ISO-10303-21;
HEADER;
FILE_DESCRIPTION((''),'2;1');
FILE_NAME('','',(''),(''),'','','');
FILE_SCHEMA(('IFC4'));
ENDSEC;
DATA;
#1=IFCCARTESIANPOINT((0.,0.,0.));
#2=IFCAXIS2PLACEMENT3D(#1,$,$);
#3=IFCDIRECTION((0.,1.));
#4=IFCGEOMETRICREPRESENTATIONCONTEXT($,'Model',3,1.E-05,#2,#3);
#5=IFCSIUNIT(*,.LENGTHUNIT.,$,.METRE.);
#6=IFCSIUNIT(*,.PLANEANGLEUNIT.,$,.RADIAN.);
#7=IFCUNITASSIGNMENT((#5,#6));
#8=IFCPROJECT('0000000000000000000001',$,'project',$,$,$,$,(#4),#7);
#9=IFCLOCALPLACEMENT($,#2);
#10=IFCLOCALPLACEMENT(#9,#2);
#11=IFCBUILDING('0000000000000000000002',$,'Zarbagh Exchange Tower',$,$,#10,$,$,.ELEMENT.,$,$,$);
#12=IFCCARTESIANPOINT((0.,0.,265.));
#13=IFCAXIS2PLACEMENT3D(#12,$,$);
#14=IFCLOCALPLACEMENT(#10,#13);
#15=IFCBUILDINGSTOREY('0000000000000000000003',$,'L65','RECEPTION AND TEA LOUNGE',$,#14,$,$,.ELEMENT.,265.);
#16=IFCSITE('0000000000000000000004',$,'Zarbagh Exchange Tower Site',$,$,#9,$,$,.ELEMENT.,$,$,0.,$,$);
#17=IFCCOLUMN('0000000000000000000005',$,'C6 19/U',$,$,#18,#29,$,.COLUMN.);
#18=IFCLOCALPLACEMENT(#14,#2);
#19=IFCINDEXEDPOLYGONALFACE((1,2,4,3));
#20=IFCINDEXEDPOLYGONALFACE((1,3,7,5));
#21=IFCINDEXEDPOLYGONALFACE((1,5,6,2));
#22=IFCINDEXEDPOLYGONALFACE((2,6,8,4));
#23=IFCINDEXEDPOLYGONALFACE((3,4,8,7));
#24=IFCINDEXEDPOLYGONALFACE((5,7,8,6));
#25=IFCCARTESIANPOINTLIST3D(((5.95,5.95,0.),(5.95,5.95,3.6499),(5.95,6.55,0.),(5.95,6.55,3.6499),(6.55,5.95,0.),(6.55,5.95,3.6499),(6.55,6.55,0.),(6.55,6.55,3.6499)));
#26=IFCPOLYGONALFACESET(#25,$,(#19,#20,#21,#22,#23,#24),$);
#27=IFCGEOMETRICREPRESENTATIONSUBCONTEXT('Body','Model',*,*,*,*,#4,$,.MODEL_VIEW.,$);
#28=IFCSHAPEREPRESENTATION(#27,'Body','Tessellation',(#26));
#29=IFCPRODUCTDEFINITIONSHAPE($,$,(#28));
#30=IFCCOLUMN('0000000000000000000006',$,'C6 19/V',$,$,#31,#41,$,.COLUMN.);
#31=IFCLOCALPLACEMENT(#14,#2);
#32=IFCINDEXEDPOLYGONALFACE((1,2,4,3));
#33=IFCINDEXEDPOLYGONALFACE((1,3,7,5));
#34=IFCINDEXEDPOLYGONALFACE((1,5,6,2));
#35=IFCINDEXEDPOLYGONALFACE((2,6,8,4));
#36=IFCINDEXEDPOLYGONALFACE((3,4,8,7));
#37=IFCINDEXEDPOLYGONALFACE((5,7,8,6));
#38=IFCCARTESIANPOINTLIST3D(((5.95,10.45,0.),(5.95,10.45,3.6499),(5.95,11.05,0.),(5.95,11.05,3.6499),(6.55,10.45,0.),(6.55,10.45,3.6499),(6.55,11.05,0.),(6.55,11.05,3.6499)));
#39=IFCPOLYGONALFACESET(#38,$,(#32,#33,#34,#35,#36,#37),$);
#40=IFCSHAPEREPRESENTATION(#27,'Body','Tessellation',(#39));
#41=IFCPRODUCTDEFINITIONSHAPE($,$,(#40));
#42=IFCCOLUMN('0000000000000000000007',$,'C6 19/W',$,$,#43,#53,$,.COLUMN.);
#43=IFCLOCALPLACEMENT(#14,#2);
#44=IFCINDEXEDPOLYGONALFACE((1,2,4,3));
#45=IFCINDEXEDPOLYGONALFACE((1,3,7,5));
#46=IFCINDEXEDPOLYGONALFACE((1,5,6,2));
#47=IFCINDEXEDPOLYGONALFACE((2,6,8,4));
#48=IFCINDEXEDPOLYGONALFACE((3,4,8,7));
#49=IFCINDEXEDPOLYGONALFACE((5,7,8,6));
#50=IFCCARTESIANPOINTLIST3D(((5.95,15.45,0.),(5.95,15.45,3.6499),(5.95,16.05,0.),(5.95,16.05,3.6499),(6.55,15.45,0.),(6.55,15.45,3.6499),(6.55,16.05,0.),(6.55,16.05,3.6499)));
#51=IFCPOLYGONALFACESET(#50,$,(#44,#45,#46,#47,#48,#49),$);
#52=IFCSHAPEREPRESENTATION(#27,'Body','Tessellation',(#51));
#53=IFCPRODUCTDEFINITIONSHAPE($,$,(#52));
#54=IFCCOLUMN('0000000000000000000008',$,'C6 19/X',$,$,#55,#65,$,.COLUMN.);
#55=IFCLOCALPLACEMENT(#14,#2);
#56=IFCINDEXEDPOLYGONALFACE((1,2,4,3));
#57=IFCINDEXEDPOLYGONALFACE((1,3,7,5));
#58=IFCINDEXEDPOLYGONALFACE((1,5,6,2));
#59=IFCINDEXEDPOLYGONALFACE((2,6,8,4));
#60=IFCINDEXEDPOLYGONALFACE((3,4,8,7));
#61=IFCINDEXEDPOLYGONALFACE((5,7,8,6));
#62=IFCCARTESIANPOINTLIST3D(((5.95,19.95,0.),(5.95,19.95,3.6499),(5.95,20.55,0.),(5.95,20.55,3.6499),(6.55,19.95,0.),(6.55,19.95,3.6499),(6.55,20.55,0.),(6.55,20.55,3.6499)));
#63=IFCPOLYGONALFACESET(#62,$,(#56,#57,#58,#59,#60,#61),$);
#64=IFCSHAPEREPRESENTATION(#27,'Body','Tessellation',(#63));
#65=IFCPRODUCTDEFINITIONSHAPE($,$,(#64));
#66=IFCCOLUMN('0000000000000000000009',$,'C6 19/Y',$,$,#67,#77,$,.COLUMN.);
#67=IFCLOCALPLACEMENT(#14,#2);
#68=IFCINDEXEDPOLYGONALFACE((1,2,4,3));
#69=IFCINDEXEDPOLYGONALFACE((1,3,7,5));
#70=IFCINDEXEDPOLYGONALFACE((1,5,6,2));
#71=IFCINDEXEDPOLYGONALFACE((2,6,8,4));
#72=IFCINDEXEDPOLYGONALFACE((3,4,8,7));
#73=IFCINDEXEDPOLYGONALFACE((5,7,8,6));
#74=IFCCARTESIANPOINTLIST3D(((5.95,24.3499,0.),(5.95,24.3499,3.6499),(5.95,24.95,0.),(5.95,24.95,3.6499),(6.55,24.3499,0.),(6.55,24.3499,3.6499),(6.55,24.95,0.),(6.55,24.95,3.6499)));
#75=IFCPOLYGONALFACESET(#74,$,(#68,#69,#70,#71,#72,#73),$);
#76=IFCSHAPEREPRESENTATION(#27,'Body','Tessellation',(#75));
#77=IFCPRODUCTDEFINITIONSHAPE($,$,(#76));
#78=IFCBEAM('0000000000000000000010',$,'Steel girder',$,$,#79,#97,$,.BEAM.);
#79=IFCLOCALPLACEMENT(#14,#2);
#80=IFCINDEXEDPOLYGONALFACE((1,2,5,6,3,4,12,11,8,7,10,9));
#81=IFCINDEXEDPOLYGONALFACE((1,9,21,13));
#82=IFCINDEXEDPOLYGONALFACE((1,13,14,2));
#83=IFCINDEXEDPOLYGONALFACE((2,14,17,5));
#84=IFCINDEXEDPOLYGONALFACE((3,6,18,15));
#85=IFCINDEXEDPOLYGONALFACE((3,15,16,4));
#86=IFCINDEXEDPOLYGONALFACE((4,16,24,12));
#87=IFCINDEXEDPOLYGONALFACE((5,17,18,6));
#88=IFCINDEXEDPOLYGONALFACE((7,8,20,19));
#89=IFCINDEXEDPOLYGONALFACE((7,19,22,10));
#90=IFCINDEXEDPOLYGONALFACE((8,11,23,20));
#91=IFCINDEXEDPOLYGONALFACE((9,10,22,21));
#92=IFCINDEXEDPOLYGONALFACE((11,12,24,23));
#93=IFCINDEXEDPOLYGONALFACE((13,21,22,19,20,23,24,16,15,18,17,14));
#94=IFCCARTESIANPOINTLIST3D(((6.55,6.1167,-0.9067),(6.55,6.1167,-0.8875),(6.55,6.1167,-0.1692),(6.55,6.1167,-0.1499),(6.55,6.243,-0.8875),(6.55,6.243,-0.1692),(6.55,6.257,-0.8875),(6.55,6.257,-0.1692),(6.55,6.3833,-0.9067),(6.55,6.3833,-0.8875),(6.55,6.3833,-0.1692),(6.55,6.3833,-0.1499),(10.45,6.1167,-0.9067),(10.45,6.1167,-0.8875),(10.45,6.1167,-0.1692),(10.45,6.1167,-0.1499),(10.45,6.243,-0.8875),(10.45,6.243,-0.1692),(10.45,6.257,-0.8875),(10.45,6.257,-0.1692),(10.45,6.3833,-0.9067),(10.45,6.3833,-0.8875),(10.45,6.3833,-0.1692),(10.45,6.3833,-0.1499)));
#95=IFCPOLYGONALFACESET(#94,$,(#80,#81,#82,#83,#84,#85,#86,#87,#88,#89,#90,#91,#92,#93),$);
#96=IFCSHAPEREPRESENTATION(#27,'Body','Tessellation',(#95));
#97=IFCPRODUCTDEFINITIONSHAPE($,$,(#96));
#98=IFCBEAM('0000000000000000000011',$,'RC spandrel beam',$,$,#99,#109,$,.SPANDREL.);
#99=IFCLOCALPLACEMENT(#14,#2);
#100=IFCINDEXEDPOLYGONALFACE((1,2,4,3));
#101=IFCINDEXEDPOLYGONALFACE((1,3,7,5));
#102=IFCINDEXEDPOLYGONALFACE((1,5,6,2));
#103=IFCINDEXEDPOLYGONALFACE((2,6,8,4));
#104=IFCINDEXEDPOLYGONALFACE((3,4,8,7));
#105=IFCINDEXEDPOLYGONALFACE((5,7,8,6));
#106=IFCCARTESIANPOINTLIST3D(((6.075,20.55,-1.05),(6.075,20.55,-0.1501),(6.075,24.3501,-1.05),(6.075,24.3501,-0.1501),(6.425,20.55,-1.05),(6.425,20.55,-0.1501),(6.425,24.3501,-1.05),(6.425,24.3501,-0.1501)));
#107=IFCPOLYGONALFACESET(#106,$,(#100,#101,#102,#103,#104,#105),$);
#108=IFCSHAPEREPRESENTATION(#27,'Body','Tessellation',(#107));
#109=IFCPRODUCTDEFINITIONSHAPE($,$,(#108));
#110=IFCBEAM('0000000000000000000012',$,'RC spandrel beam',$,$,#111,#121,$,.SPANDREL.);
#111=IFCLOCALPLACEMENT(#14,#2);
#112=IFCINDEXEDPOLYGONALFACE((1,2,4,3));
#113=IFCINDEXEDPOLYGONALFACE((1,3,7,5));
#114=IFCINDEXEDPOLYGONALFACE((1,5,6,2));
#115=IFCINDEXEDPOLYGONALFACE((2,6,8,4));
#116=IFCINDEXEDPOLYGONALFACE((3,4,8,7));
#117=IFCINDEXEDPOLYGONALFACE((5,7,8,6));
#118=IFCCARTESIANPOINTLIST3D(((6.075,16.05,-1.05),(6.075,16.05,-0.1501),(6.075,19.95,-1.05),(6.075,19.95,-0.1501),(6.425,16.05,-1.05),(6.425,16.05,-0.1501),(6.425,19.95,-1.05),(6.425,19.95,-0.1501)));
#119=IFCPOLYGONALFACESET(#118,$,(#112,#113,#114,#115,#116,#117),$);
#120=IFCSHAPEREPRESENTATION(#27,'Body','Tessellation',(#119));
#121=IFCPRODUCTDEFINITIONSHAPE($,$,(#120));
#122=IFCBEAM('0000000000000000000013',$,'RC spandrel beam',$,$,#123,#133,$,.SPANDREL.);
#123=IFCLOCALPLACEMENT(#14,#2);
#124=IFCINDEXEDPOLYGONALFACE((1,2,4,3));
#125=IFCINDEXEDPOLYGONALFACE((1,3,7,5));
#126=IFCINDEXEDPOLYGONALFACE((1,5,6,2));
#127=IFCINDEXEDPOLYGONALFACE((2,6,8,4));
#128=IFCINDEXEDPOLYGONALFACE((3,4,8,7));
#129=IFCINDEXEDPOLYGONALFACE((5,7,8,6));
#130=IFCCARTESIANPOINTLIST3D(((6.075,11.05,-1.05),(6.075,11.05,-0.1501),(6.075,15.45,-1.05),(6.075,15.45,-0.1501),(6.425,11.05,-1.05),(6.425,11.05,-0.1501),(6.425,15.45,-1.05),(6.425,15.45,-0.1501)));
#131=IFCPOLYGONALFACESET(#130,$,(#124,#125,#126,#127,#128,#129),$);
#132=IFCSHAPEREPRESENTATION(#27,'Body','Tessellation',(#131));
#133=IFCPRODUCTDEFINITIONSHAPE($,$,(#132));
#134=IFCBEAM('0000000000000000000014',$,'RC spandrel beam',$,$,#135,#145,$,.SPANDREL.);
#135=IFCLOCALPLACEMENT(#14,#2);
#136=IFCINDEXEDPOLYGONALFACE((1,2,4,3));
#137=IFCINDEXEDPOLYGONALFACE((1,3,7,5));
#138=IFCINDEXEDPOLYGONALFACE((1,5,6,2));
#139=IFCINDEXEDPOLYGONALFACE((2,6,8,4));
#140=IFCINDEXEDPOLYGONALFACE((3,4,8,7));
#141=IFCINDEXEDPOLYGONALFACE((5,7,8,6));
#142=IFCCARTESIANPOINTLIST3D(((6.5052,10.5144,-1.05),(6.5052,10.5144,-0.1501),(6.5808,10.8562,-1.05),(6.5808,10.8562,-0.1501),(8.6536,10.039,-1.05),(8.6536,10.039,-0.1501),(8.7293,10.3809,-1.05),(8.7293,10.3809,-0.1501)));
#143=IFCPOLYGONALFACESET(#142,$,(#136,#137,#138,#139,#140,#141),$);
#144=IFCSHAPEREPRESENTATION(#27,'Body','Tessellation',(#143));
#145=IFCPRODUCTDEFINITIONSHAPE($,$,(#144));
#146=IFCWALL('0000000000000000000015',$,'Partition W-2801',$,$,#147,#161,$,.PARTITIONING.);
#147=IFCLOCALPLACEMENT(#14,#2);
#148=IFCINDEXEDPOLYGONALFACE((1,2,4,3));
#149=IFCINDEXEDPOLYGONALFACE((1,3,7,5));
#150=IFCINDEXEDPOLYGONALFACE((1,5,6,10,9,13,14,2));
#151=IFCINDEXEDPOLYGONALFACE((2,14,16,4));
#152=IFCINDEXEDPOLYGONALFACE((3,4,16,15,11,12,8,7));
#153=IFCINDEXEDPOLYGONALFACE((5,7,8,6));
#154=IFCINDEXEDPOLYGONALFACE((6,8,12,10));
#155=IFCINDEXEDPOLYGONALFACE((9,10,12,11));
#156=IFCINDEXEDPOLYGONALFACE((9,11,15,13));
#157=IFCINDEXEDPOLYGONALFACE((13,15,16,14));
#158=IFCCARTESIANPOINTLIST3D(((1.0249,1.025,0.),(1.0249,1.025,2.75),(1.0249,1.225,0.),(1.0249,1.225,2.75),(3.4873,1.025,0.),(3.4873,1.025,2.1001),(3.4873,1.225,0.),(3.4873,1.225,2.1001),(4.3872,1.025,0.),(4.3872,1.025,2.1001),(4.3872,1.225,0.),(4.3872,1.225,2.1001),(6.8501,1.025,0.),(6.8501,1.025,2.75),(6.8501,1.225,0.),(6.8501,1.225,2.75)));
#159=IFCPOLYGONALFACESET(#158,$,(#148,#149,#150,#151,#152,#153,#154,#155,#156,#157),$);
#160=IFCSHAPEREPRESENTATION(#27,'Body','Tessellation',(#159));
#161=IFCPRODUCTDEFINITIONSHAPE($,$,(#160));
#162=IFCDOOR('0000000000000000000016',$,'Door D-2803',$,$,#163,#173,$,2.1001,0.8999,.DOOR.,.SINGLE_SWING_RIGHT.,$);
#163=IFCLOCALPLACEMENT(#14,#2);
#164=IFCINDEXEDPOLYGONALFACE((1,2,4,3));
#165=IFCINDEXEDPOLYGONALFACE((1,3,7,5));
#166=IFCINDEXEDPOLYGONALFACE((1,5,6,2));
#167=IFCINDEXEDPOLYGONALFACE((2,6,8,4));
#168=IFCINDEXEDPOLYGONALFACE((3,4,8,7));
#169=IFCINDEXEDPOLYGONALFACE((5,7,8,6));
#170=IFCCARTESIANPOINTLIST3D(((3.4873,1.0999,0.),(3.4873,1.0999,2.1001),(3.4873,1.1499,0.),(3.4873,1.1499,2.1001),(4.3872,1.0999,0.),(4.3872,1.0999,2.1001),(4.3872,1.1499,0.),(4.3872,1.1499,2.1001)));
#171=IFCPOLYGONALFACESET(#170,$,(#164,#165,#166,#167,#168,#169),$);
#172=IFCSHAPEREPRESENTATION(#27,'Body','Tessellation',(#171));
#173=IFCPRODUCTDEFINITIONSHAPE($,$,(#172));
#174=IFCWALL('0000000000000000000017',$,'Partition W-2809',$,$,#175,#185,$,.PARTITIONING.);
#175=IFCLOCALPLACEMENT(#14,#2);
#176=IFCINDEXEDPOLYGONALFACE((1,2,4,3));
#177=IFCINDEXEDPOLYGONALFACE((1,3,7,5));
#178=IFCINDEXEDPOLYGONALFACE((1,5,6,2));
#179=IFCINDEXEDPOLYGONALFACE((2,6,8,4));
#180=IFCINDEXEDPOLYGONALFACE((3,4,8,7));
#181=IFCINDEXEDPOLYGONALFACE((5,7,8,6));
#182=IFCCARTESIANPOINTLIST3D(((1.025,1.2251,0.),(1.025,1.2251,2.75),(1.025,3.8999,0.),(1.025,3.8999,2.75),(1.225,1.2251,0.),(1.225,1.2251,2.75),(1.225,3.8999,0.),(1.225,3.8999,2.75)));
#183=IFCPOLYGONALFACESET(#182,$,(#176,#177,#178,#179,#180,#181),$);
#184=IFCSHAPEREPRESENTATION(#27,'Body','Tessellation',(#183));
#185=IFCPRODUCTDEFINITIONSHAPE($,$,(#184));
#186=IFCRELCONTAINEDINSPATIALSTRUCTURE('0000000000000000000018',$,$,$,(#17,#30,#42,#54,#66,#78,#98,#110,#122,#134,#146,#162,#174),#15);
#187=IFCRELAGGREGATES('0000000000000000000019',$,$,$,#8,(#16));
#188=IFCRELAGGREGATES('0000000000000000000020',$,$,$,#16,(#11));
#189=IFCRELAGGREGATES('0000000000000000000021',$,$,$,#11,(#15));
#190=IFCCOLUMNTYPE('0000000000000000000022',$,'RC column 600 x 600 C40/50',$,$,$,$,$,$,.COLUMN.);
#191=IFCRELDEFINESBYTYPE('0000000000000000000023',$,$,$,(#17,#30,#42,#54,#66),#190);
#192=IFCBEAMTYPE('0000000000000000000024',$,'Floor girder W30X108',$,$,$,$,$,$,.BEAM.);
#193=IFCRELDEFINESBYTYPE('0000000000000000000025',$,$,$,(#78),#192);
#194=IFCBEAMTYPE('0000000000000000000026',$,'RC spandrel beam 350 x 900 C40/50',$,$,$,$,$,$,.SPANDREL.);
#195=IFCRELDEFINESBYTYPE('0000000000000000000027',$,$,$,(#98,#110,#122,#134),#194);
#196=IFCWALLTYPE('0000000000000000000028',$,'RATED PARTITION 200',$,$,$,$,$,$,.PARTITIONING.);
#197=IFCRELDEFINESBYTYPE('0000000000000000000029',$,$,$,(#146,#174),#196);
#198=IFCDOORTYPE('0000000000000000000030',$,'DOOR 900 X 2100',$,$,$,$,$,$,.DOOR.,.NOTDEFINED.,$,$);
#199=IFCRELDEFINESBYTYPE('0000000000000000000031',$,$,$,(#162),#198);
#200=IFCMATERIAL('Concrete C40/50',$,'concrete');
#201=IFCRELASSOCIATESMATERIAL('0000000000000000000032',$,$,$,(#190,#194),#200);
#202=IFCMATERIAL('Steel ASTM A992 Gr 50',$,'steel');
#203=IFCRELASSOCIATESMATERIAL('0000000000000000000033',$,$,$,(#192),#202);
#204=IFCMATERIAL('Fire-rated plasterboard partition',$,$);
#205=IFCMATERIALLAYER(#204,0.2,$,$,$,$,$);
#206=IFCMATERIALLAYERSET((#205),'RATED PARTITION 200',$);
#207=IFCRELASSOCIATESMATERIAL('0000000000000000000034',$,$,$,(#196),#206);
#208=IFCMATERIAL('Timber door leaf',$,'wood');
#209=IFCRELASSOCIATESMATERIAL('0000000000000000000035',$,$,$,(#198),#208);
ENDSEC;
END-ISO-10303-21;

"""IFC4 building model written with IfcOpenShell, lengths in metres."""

from ifc_helpers import new_model, si_unit, direction, frame, frame_2d, origin, origin_2d, place, context, subcontext, project, spatial, rectangle, i_section, extrude, material, layer, layer_set, material_profile, profile_set, type_object, element, fill, save


model = new_model("IFC4")

# Units and contexts
model_context = context("Model", 3, precision=1e-05, world=origin(), true_north=direction((0.0, 1.0)))
body_context = subcontext(model_context, "Body", "Model", "MODEL_VIEW")
ifc_project = project(units=[si_unit("LENGTHUNIT", "METRE"), si_unit("PLANEANGLEUNIT", "RADIAN")], contexts=[model_context])

# Site, building, storey
site_placement = place(None, origin())
site = spatial("IfcSite", under=ifc_project, at=site_placement, Name="Zarbagh Exchange Tower Site", CompositionType="ELEMENT", RefElevation=0.0)
building_placement = place(site_placement, origin())
building = spatial("IfcBuilding", under=site, at=building_placement, Name="Zarbagh Exchange Tower", CompositionType="ELEMENT")
storey_placement = place(building_placement, frame((0.0, 0.0, 265.0)))
storey = spatial("IfcBuildingStorey", under=building, at=storey_placement, Name="L65", Description="RECEPTION AND TEA LOUNGE", CompositionType="ELEMENT", Elevation=265.0)

# Columns
ifc_material_1 = material(Name="Concrete C40/50", Category="concrete")
ifc_material_profile_1 = material_profile(ifc_material_1, rectangle(XDim=0.6001, YDim=0.6001, at=origin_2d()), Name="RC column 600 x 600 C40/50")
ifc_profile_set_1 = profile_set([ifc_material_profile_1], Name="Concrete C40/50")
column_type = type_object("IfcColumnType", Name="RC column 600 x 600 C40/50", PredefinedType="COLUMN", material=ifc_profile_set_1)
for number, where, z_axis, x_axis, name in (
    (1, (6.25, 6.25, 0.0), (0.0, 0.0, 1.0), (1.0, 0.0, 0.0), "C6 19/U"),
    (2, (6.25, 10.75, 0.0), (0.0, 0.0, 1.0), (1.0, 0.0, 0.0), "C6 19/V"),
    (3, (6.25, 15.75, 0.0), (0.0, 0.0, 1.0), (1.0, 0.0, 0.0), "C6 19/W"),
    (4, (6.25, 20.25, 0.0), (0.0, 0.0, 1.0), (1.0, 0.0, 0.0), "C6 19/X"),
    (5, (6.25, 24.6499, 0.0), (0.0, 0.0, 1.0), (1.0, 0.0, 0.0), "C6 19/Y"),
):
    element("IfcColumn", number, at=place(storey_placement, frame(where, z_axis=z_axis, x_axis=x_axis)), inside=storey, type_object=column_type, Name=name, PredefinedType="COLUMN", context=body_context, shape_type="SweptSolid", body=[
        extrude(rectangle(XDim=0.6001, YDim=0.6001, at=origin_2d()), origin(), (0.0, 0.0, 1.0), 3.6499),
    ])

# Beams
ifc_material_2 = material(Name="Steel ASTM A992 Gr 50", Category="steel")
ifc_material_profile_2 = material_profile(ifc_material_2, i_section(OverallWidth=0.2666, OverallDepth=0.7568, WebThickness=0.0139, FlangeThickness=0.0193, at=origin_2d()), Name="W30X108")
ifc_profile_set_2 = profile_set([ifc_material_profile_2], Name="Steel ASTM A992 Gr 50")
beam_type_1 = type_object("IfcBeamType", Name="Floor girder W30X108", PredefinedType="BEAM", material=ifc_profile_set_2)
beam_1_placement = place(storey_placement, frame((6.55, 6.25, -0.5283), z_axis=(1.0, 0.0, 0.0), x_axis=(0.0, 1.0, 0.0)))
element("IfcBeam", 6, at=beam_1_placement, inside=storey, type_object=beam_type_1, Name="Steel girder", PredefinedType="BEAM", context=body_context, shape_type="SweptSolid", body=[
    extrude(i_section(OverallWidth=0.2666, OverallDepth=0.7568, WebThickness=0.0139, FlangeThickness=0.0193, at=origin_2d()), origin(), (0.0, 0.0, 1.0), 3.8999),
])
ifc_material_profile_3 = material_profile(ifc_material_1, rectangle(XDim=0.3501, YDim=0.8999, at=origin_2d()), Name="RC spandrel beam 350 x 900 C40/50")
ifc_profile_set_3 = profile_set([ifc_material_profile_3], Name="Concrete C40/50")
beam_type_2 = type_object("IfcBeamType", Name="RC spandrel beam 350 x 900 C40/50", PredefinedType="SPANDREL", material=ifc_profile_set_3)
beam_2_placement = place(storey_placement, frame((6.25, 24.3501, -0.6001), z_axis=(0.0, -1.0, 0.0), x_axis=(1.0, 0.0, 0.0)))
element("IfcBeam", 7, at=beam_2_placement, inside=storey, type_object=beam_type_2, Name="RC spandrel beam", PredefinedType="SPANDREL", context=body_context, shape_type="SweptSolid", body=[
    extrude(rectangle(XDim=0.3501, YDim=0.8999, at=origin_2d()), origin(), (0.0, 0.0, 1.0), 3.8),
])
beam_3_placement = place(storey_placement, frame((6.25, 19.95, -0.6001), z_axis=(0.0, -1.0, 0.0), x_axis=(1.0, 0.0, 0.0)))
element("IfcBeam", 8, at=beam_3_placement, inside=storey, type_object=beam_type_2, Name="RC spandrel beam", PredefinedType="SPANDREL", context=body_context, shape_type="SweptSolid", body=[
    extrude(rectangle(XDim=0.3501, YDim=0.8999, at=origin_2d()), origin(), (0.0, 0.0, 1.0), 3.8999),
])
beam_4_placement = place(storey_placement, frame((6.25, 15.45, -0.6001), z_axis=(0.0, -1.0, 0.0), x_axis=(1.0, 0.0, 0.0)))
element("IfcBeam", 9, at=beam_4_placement, inside=storey, type_object=beam_type_2, Name="RC spandrel beam", PredefinedType="SPANDREL", context=body_context, shape_type="SweptSolid", body=[
    extrude(rectangle(XDim=0.3501, YDim=0.8999, at=origin_2d()), origin(), (0.0, 0.0, 1.0), 4.3999),
])
beam_5_placement = place(storey_placement, frame((6.543, 10.6853, -0.6001), z_axis=(0.976388, -0.216026, 0.0), x_axis=(0.216026, 0.976388, 0.0)))
element("IfcBeam", 10, at=beam_5_placement, inside=storey, type_object=beam_type_2, Name="RC spandrel beam", PredefinedType="SPANDREL", context=body_context, shape_type="SweptSolid", body=[
    extrude(rectangle(XDim=0.3501, YDim=0.8999, at=origin_2d()), origin(), (0.0, 0.0, 1.0), 2.2004),
])

# Wall, opening, door
ifc_material_3 = material(Name="Fire-rated plasterboard partition")
ifc_layer_1 = layer(ifc_material_3, 0.2)
ifc_layer_set_1 = layer_set([ifc_layer_1], Name="RATED PARTITION 200")
wall_type_1 = type_object("IfcWallType", Name="RATED PARTITION 200", PredefinedType="PARTITIONING", material=ifc_layer_set_1)
wall_1_placement = place(storey_placement, frame((1.0249, 1.125, 0.0), z_axis=(0.0, 0.0, 1.0), x_axis=(1.0, 0.0, 0.0)))
wall_1 = element("IfcWall", 11, at=wall_1_placement, inside=storey, type_object=wall_type_1, Name="Partition W-2801", PredefinedType="PARTITIONING", context=body_context, shape_type="SweptSolid", body=[
    extrude(rectangle(XDim=5.8252, YDim=0.2, at=frame_2d((2.9126, 0.0))), origin(), (0.0, 0.0, 1.0), 2.75),
])
opening_1_placement = place(wall_1_placement, frame((2.4624, 0.0, 0.0)))
opening_1 = element("IfcOpeningElement", 12, at=opening_1_placement, cuts=wall_1, PredefinedType="OPENING", context=body_context, shape_type="SweptSolid", body=[
    extrude(rectangle(XDim=0.8999, YDim=2.1001, at=frame_2d((0.45, 1.05))), frame((0.0, 0.1099, 0.0), z_axis=(0.0, -1.0, 0.0), x_axis=(1.0, 0.0, 0.0)), (0.0, 0.0, 1.0), 0.22),
])
ifc_material_4 = material(Name="Timber door leaf", Category="wood")
door_type_1 = type_object("IfcDoorType", Name="DOOR 900 X 2100", OperationType="NOTDEFINED", PredefinedType="DOOR", material=ifc_material_4)
door_1_placement = place(opening_1_placement, origin())
door_1 = element("IfcDoor", 13, at=door_1_placement, inside=storey, type_object=door_type_1, Name="Door D-2803", OperationType="SINGLE_SWING_RIGHT", OverallHeight=2.1001, OverallWidth=0.8999, PredefinedType="DOOR", context=body_context, shape_type="SweptSolid", body=[
    extrude(rectangle(XDim=0.8999, YDim=2.1001, at=frame_2d((0.45, 1.05))), frame((0.0, 0.0249, 0.0), z_axis=(0.0, -1.0, 0.0), x_axis=(1.0, 0.0, 0.0)), (0.0, 0.0, 1.0), 0.05),
])
fill(opening_1, door_1)

# Wall
wall_2_placement = place(storey_placement, frame((1.125, 1.2251, 0.0), z_axis=(0.0, 0.0, 1.0), x_axis=(0.0, 1.0, 0.0)))
element("IfcWall", 14, at=wall_2_placement, inside=storey, type_object=wall_type_1, Name="Partition W-2809", PredefinedType="PARTITIONING", context=body_context, shape_type="SweptSolid", body=[
    extrude(rectangle(XDim=2.6748, YDim=0.2, at=frame_2d((1.3374, 0.0))), origin(), (0.0, 0.0, 1.0), 2.75),
])

save(model, "model.ifc")
